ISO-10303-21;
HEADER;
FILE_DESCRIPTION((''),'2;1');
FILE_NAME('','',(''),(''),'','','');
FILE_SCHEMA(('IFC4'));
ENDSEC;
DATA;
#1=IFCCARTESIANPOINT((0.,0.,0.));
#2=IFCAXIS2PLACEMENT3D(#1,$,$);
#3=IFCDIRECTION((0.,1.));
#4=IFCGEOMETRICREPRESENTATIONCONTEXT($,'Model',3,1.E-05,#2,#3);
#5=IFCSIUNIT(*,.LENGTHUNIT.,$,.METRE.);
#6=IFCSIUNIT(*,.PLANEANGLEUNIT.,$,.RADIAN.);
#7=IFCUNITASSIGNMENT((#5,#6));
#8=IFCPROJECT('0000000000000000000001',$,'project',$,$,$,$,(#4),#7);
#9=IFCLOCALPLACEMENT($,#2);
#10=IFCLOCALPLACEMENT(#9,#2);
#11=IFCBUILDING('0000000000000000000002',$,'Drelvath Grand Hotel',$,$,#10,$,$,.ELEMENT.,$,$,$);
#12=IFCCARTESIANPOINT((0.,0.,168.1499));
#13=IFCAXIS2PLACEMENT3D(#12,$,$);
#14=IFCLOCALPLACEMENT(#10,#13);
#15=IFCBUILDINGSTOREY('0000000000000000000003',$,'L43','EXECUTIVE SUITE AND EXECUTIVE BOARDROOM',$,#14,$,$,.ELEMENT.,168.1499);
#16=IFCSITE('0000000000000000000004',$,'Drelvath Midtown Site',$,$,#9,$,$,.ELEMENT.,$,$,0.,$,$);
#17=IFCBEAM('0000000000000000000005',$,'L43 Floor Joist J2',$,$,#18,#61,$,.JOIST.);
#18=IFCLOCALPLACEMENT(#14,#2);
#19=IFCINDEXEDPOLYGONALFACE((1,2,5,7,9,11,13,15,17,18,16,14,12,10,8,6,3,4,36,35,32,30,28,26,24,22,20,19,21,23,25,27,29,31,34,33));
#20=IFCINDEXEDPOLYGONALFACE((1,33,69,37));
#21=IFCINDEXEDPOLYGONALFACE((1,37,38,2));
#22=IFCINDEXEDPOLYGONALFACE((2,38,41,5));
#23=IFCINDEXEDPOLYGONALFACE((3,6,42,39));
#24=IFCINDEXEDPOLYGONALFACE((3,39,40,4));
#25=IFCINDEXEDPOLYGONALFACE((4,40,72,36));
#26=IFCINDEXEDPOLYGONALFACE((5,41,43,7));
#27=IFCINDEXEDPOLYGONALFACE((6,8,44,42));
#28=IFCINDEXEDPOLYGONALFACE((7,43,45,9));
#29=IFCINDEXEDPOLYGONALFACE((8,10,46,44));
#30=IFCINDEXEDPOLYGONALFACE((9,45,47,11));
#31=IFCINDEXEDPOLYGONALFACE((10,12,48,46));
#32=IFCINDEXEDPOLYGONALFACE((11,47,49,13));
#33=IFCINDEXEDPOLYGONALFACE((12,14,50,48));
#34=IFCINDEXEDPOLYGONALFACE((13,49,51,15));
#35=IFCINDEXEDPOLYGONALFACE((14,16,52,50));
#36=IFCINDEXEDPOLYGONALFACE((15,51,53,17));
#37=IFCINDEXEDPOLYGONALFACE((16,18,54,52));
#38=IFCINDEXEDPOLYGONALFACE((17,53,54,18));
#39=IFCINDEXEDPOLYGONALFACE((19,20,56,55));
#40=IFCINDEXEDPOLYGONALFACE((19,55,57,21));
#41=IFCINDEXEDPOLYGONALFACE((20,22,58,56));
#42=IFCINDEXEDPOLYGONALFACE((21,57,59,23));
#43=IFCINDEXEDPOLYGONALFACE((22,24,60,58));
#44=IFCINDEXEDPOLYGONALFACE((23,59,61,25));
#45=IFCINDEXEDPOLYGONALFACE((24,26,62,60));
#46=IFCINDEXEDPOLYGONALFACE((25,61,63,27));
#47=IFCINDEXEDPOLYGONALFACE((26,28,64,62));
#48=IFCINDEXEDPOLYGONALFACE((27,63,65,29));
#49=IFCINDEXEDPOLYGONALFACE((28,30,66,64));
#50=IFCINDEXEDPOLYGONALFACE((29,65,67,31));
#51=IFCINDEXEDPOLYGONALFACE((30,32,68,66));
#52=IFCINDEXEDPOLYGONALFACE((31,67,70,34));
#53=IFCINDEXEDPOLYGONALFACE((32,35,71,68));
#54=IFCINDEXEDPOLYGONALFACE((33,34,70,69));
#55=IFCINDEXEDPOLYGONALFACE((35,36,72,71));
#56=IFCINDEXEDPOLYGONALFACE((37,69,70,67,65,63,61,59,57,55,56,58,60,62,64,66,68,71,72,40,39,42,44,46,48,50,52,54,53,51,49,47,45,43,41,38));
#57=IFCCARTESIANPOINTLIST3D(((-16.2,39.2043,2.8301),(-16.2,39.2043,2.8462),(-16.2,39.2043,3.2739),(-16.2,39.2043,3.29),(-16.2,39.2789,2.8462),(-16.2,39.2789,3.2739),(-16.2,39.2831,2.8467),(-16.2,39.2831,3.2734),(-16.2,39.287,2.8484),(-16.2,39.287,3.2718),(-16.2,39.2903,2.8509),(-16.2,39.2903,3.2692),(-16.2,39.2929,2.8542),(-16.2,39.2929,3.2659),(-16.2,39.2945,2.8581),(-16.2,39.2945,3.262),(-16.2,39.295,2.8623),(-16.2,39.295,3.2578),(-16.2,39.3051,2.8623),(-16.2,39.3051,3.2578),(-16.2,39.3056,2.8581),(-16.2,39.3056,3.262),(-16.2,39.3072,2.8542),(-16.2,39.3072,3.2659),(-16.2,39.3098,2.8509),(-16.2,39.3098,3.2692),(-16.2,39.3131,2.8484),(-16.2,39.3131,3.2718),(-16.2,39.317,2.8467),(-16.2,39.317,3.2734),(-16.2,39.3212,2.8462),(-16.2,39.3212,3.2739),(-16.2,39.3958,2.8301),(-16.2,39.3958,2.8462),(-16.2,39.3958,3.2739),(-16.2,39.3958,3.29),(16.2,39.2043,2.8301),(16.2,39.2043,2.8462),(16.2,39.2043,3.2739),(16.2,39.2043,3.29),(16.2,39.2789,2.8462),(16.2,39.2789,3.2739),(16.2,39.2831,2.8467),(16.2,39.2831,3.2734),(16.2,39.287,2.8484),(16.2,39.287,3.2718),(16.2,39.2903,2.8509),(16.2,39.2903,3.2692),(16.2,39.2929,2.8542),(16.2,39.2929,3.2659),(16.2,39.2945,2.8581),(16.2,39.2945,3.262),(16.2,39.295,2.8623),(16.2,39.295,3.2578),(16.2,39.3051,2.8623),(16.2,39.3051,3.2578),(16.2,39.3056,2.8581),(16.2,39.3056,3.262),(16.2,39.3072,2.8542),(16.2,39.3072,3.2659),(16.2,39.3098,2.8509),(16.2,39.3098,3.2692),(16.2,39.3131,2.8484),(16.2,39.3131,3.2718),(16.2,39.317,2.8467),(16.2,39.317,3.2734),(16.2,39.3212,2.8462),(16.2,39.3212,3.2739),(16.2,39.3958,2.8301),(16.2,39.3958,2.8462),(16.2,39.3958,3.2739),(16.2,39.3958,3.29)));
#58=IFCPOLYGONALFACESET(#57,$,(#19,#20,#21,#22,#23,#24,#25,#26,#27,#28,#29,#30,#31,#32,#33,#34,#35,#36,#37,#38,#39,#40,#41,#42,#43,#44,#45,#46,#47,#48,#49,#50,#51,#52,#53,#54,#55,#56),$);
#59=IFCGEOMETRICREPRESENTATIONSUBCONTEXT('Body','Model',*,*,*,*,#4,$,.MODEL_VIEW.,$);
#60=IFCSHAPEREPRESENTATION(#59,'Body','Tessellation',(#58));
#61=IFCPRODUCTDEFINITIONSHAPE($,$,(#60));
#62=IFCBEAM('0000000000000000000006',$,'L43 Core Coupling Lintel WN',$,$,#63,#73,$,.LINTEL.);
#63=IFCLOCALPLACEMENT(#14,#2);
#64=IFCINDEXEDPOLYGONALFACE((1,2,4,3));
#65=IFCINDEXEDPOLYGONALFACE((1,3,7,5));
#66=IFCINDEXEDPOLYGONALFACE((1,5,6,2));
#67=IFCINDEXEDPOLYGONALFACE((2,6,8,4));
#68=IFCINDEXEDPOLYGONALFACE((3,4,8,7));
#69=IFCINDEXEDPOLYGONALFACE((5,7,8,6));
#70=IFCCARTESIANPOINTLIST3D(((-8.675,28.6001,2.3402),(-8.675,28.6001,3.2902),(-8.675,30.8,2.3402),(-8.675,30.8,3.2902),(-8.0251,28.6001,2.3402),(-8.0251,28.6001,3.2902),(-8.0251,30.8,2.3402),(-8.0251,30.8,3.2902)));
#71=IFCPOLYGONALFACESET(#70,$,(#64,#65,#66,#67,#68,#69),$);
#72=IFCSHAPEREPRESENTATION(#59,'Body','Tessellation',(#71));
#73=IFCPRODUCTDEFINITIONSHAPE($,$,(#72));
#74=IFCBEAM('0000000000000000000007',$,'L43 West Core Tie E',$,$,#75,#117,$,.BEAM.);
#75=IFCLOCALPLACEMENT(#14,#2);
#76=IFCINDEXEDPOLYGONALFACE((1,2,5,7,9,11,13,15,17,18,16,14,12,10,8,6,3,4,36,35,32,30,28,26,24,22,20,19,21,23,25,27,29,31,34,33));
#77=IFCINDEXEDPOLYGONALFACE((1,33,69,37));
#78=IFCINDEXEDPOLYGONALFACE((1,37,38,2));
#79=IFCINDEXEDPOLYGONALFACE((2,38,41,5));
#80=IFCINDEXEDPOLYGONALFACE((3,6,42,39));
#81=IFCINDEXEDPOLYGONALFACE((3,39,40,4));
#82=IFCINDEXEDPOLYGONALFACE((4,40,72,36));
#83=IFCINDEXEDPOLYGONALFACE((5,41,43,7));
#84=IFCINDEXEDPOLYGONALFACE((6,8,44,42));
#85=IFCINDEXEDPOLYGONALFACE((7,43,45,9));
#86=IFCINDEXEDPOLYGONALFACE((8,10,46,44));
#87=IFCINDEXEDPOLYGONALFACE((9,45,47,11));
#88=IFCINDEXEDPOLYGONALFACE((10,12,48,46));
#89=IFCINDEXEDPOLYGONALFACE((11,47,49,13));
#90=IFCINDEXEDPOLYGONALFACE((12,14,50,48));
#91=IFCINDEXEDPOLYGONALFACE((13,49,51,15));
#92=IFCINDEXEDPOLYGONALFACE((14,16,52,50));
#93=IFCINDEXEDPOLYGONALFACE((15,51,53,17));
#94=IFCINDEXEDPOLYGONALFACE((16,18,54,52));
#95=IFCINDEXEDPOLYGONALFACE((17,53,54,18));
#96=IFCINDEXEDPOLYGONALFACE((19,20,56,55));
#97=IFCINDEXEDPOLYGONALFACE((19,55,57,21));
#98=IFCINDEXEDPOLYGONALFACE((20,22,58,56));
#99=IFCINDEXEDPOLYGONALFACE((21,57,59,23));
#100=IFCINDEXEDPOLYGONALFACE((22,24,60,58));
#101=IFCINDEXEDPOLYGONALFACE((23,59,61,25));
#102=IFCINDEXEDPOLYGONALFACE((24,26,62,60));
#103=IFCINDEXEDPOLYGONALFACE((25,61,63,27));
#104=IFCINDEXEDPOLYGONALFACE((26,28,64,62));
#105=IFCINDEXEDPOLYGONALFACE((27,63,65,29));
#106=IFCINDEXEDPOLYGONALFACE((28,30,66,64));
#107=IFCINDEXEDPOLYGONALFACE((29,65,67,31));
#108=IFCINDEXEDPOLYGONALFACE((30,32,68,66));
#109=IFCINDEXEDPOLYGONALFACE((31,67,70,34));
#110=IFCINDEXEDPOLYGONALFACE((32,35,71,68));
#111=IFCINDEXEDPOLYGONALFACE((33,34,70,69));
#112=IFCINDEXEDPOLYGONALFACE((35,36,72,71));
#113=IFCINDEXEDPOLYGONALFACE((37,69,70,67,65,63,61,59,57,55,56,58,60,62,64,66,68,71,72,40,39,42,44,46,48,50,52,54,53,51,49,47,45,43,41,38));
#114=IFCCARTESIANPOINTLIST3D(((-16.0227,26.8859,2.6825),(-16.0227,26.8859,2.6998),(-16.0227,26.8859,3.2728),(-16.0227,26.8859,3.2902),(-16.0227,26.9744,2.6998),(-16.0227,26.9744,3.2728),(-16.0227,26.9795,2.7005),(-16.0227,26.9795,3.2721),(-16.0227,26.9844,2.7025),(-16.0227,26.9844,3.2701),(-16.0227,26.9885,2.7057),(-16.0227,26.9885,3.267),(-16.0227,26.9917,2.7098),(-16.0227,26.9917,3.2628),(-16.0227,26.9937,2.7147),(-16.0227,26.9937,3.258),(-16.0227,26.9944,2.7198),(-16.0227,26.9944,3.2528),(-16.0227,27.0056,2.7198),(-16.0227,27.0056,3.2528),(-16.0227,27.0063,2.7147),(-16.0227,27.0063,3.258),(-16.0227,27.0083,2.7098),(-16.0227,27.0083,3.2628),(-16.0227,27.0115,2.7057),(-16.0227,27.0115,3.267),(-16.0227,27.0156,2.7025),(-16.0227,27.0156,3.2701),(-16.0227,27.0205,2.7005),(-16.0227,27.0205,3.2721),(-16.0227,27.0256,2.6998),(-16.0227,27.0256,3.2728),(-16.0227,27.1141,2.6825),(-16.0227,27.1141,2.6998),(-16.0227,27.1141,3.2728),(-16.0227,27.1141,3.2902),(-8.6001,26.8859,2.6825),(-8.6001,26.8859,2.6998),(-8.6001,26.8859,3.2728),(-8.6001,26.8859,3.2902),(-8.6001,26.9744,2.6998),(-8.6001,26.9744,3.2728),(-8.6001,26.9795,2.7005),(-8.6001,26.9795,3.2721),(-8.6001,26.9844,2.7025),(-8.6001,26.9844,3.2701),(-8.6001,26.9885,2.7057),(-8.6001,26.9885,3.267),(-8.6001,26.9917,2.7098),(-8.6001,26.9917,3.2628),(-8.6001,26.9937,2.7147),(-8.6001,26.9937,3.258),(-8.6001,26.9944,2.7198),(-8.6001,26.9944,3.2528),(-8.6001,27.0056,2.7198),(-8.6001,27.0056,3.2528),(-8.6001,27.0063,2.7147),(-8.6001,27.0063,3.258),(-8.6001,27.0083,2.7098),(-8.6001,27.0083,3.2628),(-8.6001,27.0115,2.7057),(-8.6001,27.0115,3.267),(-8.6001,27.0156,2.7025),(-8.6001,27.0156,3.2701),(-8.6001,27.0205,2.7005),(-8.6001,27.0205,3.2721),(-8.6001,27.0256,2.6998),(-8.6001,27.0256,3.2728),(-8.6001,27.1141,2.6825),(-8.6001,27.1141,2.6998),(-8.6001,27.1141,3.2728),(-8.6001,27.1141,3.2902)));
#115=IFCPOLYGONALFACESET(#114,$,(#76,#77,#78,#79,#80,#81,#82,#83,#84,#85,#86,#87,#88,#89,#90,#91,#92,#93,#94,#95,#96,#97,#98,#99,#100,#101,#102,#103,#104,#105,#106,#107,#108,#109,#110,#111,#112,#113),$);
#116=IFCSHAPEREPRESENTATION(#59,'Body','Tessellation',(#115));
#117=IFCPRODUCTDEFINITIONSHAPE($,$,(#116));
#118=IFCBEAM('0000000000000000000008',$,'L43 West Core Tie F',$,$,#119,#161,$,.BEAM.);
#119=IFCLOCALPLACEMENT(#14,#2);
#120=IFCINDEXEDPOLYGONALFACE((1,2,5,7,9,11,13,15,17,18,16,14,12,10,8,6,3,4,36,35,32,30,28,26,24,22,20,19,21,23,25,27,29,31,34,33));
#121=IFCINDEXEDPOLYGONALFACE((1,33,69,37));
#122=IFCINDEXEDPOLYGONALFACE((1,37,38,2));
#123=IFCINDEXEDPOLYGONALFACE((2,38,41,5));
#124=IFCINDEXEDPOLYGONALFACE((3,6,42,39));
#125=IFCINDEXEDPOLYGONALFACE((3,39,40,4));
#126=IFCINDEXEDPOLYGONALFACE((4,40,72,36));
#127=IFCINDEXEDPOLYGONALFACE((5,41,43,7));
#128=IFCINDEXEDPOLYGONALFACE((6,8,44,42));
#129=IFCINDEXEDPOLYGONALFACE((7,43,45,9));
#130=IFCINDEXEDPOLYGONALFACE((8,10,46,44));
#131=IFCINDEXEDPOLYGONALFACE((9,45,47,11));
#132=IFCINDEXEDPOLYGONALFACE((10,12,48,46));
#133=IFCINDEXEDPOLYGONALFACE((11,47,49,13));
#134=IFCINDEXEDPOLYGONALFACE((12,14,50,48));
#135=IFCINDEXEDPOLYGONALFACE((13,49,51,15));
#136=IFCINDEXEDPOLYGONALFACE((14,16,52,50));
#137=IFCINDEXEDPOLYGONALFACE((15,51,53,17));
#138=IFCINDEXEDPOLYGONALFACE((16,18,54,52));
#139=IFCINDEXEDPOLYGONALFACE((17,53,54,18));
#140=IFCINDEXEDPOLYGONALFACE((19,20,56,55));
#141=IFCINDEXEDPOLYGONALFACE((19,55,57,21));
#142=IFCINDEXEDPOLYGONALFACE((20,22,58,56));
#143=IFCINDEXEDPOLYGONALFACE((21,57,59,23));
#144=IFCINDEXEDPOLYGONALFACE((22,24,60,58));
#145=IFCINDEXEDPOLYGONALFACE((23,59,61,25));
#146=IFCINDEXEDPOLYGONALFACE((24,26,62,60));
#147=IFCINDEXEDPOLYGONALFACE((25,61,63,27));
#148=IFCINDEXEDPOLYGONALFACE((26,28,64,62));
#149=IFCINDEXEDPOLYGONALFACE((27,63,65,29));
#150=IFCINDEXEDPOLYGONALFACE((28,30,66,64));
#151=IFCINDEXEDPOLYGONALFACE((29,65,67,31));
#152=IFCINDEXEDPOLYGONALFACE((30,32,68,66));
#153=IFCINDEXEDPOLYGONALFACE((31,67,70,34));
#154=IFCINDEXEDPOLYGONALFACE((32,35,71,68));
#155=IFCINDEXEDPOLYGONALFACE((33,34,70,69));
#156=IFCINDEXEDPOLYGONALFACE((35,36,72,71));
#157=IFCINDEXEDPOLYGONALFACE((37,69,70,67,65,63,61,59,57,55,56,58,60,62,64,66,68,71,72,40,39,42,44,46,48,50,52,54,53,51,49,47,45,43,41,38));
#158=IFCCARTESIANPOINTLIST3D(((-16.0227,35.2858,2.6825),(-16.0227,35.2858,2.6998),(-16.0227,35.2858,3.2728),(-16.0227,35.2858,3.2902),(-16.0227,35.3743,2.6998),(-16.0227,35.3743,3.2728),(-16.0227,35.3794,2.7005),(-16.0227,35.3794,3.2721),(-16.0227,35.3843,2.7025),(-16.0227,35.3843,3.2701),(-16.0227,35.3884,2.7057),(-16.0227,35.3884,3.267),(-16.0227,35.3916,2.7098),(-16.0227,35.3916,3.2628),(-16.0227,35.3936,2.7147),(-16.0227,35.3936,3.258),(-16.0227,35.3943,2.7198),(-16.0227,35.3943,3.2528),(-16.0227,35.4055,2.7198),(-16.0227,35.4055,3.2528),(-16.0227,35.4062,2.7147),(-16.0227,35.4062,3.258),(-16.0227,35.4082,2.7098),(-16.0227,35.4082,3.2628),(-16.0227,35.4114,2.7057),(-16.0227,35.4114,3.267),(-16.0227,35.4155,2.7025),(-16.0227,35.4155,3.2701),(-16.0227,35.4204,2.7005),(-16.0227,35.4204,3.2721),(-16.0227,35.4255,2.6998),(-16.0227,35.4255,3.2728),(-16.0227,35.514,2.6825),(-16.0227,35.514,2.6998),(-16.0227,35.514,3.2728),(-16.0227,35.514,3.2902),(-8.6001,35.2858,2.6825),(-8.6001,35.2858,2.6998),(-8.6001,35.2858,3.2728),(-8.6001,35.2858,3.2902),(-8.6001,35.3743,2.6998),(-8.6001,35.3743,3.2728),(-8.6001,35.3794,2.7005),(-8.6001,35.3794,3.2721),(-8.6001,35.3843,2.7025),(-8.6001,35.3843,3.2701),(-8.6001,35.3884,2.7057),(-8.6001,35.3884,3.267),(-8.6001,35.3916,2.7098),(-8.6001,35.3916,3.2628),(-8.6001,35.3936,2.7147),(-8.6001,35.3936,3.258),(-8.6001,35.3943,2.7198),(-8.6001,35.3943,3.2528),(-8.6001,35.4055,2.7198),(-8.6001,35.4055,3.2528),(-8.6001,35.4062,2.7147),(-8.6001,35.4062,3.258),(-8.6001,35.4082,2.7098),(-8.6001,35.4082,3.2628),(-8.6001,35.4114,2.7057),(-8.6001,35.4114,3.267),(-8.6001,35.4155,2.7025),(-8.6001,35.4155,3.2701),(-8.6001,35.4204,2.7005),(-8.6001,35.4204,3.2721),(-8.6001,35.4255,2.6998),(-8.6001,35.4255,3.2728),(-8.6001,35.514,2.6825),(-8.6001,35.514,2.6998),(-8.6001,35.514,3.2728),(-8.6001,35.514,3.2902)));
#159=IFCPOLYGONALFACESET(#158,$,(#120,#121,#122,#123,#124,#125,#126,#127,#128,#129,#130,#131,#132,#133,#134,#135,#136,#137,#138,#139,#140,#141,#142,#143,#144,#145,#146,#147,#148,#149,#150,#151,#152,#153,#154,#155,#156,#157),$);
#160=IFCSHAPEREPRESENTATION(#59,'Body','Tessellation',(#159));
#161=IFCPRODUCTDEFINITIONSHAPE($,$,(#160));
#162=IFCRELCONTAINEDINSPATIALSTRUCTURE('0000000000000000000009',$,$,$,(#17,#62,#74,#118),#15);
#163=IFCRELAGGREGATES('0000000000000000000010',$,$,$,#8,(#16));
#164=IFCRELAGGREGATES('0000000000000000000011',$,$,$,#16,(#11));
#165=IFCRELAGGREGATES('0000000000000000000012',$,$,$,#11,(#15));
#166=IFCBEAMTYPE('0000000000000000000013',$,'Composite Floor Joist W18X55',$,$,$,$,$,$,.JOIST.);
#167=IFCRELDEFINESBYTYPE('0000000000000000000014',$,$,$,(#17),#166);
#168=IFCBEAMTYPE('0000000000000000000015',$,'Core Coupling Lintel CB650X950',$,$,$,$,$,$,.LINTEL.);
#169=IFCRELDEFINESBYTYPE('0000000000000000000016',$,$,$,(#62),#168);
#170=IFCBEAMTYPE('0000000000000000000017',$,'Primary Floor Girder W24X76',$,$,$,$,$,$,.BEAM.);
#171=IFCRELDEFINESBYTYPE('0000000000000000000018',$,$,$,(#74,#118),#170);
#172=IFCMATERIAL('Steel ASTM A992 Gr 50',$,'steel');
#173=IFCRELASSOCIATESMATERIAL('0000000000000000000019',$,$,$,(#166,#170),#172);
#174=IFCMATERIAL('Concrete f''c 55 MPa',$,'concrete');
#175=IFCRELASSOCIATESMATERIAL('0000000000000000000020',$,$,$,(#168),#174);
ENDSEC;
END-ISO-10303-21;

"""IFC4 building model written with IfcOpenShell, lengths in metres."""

from ifc_helpers import new_model, si_unit, direction, frame, origin, origin_2d, place, context, subcontext, project, spatial, rectangle, i_section, extrude, material, material_profile, profile_set, type_object, element, save


model = new_model("IFC4")

# Units and contexts
model_context = context("Model", 3, precision=1e-05, world=origin(), true_north=direction((0.0, 1.0)))
body_context = subcontext(model_context, "Body", "Model", "MODEL_VIEW")
ifc_project = project(units=[si_unit("LENGTHUNIT", "METRE"), si_unit("PLANEANGLEUNIT", "RADIAN")], contexts=[model_context])

# Site, building, storey
site_placement = place(None, origin())
site = spatial("IfcSite", under=ifc_project, at=site_placement, Name="Drelvath Midtown Site", CompositionType="ELEMENT", RefElevation=0.0)
building_placement = place(site_placement, origin())
building = spatial("IfcBuilding", under=site, at=building_placement, Name="Drelvath Grand Hotel", CompositionType="ELEMENT")
storey_placement = place(building_placement, frame((0.0, 0.0, 168.1499)))
storey = spatial("IfcBuildingStorey", under=building, at=storey_placement, Name="L43", Description="EXECUTIVE SUITE AND EXECUTIVE BOARDROOM", CompositionType="ELEMENT", Elevation=168.1499)

# Beams
ifc_material_1 = material(Name="Steel ASTM A992 Gr 50", Category="steel")
ifc_material_profile_1 = material_profile(ifc_material_1, i_section(OverallWidth=0.1914, OverallDepth=0.46, WebThickness=0.01, FlangeThickness=0.0161, FilletRadius=0.0161, at=origin_2d()), Name="W18X55")
ifc_profile_set_1 = profile_set([ifc_material_profile_1], Name="Steel ASTM A992 Gr 50")
beam_type_1 = type_object("IfcBeamType", Name="Composite Floor Joist W18X55", PredefinedType="JOIST", material=ifc_profile_set_1)
beam_1_placement = place(storey_placement, frame((-16.2, 39.3, 3.0601), z_axis=(1.0, 0.0, 0.0), x_axis=(0.0, 1.0, 0.0)))
element("IfcBeam", 1, at=beam_1_placement, inside=storey, type_object=beam_type_1, Name="L43 Floor Joist J2", PredefinedType="JOIST", context=body_context, shape_type="SweptSolid", body=[
    extrude(i_section(OverallWidth=0.1914, OverallDepth=0.46, WebThickness=0.01, FlangeThickness=0.0161, FilletRadius=0.0161, at=origin_2d()), origin(), (0.0, 0.0, 1.0), 32.3999),
])
ifc_material_2 = material(Name="Concrete f'c 55 MPa", Category="concrete")
ifc_material_profile_2 = material_profile(ifc_material_2, rectangle(XDim=0.6499, YDim=0.95, at=origin_2d()), Name="CB650X950")
ifc_profile_set_2 = profile_set([ifc_material_profile_2], Name="Concrete f'c 55 MPa")
beam_type_2 = type_object("IfcBeamType", Name="Core Coupling Lintel CB650X950", PredefinedType="LINTEL", material=ifc_profile_set_2)
beam_2_placement = place(storey_placement, frame((-8.3501, 28.6001, 2.8152), z_axis=(0.0, 1.0, 0.0), x_axis=(-1.0, 0.0, 0.0)))
element("IfcBeam", 2, at=beam_2_placement, inside=storey, type_object=beam_type_2, Name="L43 Core Coupling Lintel WN", PredefinedType="LINTEL", context=body_context, shape_type="SweptSolid", body=[
    extrude(rectangle(XDim=0.6499, YDim=0.95, at=origin_2d()), origin(), (0.0, 0.0, 1.0), 2.2),
])
ifc_material_profile_3 = material_profile(ifc_material_1, i_section(OverallWidth=0.2283, OverallDepth=0.6077, WebThickness=0.0112, FlangeThickness=0.0173, FilletRadius=0.02, at=origin_2d()), Name="W24X76")
ifc_profile_set_3 = profile_set([ifc_material_profile_3], Name="Steel ASTM A992 Gr 50")
beam_type_3 = type_object("IfcBeamType", Name="Primary Floor Girder W24X76", PredefinedType="BEAM", material=ifc_profile_set_3)
for number, where, z_axis, x_axis, name in (
    (3, (-16.0227, 27.0, 2.9863), (1.0, 0.0, 0.0), (0.0, 1.0, 0.0), "L43 West Core Tie E"),
    (4, (-16.0227, 35.3999, 2.9863), (1.0, 0.0, 0.0), (0.0, 1.0, 0.0), "L43 West Core Tie F"),
):
    element("IfcBeam", number, at=place(storey_placement, frame(where, z_axis=z_axis, x_axis=x_axis)), inside=storey, type_object=beam_type_3, Name=name, PredefinedType="BEAM", context=body_context, shape_type="SweptSolid", body=[
        extrude(i_section(OverallWidth=0.2283, OverallDepth=0.6077, WebThickness=0.0112, FlangeThickness=0.0173, FilletRadius=0.02, at=origin_2d()), origin(), (0.0, 0.0, 1.0), 7.4226),
    ])

save(model, "model.ifc")
